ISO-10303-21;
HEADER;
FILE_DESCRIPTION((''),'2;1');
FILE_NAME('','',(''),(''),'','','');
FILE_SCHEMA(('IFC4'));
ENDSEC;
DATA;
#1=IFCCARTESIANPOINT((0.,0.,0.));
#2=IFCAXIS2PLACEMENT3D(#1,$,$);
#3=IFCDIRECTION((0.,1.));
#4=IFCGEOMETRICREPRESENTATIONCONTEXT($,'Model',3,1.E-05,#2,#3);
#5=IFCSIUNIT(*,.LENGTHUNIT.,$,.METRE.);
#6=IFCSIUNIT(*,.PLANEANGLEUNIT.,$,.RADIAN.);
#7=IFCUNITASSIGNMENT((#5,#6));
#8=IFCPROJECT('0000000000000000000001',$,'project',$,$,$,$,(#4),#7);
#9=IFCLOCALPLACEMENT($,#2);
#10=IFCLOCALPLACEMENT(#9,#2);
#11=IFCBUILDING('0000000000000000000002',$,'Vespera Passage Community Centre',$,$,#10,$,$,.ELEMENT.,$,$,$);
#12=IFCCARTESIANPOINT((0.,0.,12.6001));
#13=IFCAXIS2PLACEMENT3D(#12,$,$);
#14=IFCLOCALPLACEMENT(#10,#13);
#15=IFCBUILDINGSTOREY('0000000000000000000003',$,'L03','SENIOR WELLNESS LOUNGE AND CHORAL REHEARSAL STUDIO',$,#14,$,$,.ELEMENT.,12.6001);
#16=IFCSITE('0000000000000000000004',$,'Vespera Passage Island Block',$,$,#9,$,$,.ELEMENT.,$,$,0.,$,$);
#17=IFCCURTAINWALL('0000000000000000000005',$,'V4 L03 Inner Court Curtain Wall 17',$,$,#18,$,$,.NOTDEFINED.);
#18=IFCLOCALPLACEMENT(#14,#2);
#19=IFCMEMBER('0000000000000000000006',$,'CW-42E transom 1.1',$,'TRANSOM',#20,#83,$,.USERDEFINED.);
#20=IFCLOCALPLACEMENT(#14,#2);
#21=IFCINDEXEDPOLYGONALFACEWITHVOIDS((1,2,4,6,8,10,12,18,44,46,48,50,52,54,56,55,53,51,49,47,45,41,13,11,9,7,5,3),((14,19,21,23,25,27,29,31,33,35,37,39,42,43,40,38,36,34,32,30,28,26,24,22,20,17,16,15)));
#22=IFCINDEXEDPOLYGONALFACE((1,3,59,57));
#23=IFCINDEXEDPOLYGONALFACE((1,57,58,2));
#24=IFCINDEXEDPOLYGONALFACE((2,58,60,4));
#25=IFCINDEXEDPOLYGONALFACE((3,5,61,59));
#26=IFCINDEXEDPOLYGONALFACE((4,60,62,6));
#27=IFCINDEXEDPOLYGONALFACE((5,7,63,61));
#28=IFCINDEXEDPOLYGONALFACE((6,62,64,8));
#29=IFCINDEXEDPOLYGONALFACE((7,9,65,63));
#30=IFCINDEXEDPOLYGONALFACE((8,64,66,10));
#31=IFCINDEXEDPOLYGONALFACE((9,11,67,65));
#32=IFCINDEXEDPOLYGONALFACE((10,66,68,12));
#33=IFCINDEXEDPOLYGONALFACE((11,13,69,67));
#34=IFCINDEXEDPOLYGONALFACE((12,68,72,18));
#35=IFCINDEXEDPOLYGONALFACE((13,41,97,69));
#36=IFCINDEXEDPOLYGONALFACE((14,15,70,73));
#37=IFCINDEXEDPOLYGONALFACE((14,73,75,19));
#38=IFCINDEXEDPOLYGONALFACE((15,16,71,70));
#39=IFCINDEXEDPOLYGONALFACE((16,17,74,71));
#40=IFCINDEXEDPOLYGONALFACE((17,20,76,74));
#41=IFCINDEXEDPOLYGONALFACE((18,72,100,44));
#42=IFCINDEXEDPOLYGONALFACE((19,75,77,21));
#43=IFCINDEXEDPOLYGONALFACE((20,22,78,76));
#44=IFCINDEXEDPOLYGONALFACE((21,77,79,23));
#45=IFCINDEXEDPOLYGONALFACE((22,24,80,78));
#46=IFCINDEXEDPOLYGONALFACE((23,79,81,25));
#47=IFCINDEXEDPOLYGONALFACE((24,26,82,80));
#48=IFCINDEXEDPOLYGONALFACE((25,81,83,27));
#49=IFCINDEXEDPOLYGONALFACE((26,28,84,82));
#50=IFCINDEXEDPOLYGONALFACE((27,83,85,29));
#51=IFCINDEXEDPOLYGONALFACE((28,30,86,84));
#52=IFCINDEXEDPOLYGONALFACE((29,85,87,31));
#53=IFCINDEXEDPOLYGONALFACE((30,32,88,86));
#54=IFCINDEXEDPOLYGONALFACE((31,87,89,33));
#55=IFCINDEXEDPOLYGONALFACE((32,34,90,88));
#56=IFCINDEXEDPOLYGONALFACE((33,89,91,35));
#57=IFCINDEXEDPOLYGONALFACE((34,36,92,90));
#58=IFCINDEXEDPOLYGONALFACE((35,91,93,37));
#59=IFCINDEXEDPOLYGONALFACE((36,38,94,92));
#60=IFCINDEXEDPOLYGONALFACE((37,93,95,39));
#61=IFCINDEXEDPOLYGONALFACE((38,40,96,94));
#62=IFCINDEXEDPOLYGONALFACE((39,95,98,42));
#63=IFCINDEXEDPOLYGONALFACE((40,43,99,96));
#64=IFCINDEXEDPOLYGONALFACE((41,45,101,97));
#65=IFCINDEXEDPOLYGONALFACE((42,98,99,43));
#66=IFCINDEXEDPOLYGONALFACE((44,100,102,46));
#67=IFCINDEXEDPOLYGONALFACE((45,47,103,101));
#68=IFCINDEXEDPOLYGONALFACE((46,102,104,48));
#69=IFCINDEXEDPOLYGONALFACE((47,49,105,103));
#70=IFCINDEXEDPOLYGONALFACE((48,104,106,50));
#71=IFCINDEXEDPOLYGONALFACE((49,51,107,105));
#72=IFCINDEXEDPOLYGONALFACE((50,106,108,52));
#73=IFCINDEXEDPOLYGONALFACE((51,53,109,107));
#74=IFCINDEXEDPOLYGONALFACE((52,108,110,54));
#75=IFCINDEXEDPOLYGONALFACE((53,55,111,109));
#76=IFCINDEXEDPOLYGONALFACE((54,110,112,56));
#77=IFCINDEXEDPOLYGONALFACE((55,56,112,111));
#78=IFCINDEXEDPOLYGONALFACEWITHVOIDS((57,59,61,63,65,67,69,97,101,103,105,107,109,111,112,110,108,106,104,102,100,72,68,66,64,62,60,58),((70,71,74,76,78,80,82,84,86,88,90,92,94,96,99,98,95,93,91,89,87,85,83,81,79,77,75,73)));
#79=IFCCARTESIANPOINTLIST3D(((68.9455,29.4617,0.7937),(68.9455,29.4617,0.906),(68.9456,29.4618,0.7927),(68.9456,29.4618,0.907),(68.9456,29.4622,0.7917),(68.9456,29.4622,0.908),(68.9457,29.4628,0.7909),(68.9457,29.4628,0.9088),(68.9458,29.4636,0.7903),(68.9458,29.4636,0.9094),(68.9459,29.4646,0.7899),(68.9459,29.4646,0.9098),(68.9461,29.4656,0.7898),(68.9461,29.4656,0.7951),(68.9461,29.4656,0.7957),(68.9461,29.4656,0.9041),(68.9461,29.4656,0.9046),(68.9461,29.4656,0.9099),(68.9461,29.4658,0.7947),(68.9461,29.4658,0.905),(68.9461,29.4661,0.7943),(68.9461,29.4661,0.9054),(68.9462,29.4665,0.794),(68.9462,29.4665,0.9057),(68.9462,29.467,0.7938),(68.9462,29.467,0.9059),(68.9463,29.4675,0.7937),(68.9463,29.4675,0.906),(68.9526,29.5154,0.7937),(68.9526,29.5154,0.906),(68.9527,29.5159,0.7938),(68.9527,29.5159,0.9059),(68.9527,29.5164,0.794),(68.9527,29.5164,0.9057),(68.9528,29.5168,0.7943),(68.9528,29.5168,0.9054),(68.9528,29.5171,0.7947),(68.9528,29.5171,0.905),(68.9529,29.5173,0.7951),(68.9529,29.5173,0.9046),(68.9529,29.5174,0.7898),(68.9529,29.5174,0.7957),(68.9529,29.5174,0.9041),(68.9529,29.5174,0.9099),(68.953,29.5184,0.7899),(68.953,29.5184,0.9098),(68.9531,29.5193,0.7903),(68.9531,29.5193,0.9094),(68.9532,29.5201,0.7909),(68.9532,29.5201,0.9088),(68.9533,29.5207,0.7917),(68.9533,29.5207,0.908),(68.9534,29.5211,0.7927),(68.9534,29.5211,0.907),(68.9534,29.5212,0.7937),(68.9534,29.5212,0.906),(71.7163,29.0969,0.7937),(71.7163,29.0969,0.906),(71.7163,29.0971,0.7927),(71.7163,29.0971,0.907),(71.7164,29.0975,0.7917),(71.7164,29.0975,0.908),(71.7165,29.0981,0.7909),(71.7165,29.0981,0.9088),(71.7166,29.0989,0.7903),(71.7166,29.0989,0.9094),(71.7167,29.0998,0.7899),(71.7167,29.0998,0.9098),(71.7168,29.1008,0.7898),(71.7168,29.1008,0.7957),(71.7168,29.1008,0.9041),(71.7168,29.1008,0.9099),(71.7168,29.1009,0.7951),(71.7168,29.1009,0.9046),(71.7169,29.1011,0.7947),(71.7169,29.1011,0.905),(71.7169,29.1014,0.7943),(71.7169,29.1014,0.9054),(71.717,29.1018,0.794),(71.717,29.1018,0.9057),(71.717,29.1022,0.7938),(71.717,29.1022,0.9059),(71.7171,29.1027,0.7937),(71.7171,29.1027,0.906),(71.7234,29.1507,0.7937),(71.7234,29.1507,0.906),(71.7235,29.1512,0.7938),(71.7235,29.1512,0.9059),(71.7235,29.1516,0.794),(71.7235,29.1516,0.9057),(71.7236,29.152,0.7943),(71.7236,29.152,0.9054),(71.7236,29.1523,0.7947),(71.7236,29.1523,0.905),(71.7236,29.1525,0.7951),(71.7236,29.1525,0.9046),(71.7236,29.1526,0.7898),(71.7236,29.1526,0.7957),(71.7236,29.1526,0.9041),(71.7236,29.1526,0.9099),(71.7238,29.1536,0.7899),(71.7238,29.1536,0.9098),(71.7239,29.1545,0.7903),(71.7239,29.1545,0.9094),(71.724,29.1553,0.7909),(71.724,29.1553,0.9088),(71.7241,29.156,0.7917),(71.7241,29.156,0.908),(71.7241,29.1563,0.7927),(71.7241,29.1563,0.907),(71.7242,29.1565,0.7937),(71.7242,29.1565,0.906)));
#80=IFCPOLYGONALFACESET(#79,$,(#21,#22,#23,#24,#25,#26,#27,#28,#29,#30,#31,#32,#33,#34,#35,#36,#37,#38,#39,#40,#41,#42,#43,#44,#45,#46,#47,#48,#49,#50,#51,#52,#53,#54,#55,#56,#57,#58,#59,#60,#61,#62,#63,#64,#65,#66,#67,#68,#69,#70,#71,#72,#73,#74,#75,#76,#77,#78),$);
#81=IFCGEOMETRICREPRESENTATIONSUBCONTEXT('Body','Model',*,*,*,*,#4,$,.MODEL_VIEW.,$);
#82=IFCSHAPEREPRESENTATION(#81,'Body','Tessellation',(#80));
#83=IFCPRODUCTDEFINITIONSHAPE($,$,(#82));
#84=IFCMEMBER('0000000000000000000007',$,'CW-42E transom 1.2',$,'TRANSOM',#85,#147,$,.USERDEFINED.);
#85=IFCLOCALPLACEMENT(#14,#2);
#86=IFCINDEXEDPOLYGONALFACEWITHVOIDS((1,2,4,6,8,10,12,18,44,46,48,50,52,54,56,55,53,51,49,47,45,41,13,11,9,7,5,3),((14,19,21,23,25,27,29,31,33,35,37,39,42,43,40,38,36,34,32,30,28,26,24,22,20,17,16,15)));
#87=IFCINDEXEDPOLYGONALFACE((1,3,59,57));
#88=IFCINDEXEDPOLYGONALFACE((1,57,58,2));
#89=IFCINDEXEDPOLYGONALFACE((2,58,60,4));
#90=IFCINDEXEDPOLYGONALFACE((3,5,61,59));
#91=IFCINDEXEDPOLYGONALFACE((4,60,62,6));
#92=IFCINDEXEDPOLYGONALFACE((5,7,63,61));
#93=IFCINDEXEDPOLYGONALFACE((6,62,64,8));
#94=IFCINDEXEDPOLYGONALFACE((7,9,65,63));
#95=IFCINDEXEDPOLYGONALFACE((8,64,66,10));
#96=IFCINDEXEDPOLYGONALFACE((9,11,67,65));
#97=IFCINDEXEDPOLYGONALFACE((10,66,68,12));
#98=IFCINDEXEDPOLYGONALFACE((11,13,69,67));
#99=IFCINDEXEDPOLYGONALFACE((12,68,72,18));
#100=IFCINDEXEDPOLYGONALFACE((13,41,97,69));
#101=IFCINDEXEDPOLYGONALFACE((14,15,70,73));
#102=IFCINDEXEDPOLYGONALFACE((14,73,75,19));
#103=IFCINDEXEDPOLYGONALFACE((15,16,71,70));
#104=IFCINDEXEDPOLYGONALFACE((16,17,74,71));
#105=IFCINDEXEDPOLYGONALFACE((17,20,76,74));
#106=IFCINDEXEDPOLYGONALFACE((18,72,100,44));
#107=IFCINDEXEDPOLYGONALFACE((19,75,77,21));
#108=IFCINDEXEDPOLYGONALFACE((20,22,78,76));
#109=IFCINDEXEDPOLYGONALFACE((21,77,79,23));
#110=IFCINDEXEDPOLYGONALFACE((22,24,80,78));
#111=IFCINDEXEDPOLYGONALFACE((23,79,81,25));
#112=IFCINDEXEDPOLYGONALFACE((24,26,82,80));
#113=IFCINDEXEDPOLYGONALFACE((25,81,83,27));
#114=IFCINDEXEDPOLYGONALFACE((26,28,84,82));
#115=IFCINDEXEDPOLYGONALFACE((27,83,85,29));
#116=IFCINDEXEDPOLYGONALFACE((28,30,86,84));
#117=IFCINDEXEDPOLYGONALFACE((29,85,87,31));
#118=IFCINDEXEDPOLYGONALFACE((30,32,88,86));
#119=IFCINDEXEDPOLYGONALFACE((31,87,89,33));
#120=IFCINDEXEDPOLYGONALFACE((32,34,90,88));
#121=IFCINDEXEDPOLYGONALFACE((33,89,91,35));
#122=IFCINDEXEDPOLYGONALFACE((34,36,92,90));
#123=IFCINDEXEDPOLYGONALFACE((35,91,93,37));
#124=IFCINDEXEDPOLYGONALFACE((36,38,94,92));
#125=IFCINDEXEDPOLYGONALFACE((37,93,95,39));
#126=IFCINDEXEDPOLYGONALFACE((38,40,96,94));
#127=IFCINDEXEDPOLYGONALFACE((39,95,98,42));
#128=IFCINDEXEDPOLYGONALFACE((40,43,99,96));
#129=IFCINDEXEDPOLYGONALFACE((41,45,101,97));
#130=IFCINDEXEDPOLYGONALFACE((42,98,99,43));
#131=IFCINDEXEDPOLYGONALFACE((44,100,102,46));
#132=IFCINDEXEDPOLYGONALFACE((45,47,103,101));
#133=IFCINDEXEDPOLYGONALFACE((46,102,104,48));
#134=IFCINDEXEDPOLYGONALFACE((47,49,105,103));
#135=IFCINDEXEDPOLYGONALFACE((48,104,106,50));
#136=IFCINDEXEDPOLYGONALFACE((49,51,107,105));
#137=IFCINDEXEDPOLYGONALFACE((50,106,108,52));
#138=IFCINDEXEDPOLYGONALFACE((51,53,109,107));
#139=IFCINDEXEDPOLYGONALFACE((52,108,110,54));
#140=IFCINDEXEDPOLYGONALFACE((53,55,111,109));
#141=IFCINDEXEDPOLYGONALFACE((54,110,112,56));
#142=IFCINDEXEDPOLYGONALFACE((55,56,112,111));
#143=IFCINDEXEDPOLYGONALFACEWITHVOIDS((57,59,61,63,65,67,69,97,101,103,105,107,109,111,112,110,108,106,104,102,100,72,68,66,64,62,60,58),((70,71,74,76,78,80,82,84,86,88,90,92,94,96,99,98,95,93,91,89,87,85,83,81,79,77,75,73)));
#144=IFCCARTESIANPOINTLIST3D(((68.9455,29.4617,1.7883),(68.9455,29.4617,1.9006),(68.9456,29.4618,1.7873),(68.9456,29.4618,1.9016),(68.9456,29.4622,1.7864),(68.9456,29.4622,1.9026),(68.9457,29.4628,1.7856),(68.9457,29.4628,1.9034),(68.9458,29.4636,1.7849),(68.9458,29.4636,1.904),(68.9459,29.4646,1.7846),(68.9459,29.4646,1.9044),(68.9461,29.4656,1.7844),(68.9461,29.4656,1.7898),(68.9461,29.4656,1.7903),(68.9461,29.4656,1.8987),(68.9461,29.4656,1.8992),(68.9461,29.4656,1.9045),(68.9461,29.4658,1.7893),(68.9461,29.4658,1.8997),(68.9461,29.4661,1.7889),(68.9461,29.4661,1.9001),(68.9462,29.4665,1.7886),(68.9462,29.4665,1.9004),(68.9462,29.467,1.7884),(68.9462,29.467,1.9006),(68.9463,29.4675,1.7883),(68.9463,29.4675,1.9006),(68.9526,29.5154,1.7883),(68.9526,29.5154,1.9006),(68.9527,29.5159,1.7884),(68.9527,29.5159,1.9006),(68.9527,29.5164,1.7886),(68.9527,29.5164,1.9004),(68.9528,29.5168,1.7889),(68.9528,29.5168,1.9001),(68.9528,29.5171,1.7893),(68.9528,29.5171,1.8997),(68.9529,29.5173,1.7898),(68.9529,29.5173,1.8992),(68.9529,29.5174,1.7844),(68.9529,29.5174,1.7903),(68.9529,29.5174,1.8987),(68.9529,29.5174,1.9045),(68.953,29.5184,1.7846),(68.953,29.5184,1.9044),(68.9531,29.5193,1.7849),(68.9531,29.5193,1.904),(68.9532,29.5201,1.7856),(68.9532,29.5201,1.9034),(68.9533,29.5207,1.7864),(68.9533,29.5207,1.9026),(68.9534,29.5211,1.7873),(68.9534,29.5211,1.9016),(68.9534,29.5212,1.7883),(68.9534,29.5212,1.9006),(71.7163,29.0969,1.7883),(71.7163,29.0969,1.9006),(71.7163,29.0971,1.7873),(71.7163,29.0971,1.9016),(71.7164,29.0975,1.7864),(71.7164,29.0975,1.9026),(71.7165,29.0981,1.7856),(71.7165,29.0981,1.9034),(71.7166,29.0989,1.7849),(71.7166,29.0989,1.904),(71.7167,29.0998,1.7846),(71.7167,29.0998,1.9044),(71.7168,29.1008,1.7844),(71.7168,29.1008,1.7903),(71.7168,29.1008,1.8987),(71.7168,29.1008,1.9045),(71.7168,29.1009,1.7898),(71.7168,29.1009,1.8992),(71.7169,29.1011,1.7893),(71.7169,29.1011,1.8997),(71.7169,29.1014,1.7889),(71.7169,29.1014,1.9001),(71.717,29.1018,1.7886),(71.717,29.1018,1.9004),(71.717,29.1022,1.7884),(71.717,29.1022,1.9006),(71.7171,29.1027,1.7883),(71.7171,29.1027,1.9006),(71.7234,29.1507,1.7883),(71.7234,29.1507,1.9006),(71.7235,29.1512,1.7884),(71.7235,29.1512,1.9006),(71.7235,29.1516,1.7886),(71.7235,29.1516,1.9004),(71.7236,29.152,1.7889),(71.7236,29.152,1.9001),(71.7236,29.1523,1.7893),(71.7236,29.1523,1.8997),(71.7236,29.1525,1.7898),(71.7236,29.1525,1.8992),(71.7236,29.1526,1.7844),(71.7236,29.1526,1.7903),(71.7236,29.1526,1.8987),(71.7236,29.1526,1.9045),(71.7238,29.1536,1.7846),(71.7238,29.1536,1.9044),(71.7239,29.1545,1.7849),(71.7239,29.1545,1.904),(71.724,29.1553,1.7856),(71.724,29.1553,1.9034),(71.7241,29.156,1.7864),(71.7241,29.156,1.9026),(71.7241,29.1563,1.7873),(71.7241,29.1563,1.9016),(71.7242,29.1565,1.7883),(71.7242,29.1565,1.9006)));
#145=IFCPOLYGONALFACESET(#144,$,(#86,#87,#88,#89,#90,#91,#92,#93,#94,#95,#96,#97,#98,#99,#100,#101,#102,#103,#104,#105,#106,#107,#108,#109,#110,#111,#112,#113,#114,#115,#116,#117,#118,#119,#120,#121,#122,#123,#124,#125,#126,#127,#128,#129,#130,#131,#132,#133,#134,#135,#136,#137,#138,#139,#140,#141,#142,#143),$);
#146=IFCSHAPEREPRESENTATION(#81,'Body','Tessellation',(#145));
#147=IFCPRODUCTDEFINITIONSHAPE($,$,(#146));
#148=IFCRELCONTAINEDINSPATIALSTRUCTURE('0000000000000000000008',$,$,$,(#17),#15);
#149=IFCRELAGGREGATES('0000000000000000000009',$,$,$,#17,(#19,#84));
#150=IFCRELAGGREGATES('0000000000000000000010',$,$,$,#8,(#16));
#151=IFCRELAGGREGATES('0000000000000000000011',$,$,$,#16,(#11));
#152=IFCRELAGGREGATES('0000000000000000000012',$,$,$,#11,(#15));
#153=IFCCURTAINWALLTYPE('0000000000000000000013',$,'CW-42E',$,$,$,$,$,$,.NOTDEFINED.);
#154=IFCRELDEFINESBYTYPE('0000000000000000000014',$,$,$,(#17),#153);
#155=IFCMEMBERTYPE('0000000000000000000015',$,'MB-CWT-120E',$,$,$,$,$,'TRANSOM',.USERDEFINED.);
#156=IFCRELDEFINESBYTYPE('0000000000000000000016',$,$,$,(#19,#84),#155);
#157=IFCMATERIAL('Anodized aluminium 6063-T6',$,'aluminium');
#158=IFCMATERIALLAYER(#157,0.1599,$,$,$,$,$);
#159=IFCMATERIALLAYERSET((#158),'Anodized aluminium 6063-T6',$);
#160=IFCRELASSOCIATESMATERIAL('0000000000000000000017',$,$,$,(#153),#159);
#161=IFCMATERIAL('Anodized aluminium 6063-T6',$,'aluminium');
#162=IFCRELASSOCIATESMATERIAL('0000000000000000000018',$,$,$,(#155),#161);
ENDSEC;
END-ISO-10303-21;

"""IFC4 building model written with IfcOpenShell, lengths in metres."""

from ifc_helpers import new_model, si_unit, direction, frame, origin, origin_2d, place, context, subcontext, project, spatial, hollow_rectangle, extrude, material, layer, layer_set, material_profile, profile_set, type_object, element, aggregate, save


model = new_model("IFC4")

# Units and contexts
model_context = context("Model", 3, precision=1e-05, world=origin(), true_north=direction((0.0, 1.0)))
body_context = subcontext(model_context, "Body", "Model", "MODEL_VIEW")
ifc_project = project(units=[si_unit("LENGTHUNIT", "METRE"), si_unit("PLANEANGLEUNIT", "RADIAN")], contexts=[model_context])

# Site, building, storey
site_placement = place(None, origin())
site = spatial("IfcSite", under=ifc_project, at=site_placement, Name="Vespera Passage Island Block", CompositionType="ELEMENT", RefElevation=0.0)
building_placement = place(site_placement, origin())
building = spatial("IfcBuilding", under=site, at=building_placement, Name="Vespera Passage Community Centre", CompositionType="ELEMENT")
storey_placement = place(building_placement, frame((0.0, 0.0, 12.6001)))
storey = spatial("IfcBuildingStorey", under=building, at=storey_placement, Name="L03", Description="SENIOR WELLNESS LOUNGE AND CHORAL REHEARSAL STUDIO", CompositionType="ELEMENT", Elevation=12.6001)

# Curtain wall
ifc_material_1 = material(Name="Anodized aluminium 6063-T6", Category="aluminium")
ifc_layer_1 = layer(ifc_material_1, 0.1599)
ifc_layer_set_1 = layer_set([ifc_layer_1], Name="Anodized aluminium 6063-T6")
curtain_wall_type_1 = type_object("IfcCurtainWallType", Name="CW-42E", PredefinedType="NOTDEFINED", material=ifc_layer_set_1)
curtain_wall_1_placement = place(storey_placement, origin())
curtain_wall_1 = element("IfcCurtainWall", 1, at=curtain_wall_1_placement, inside=storey, type_object=curtain_wall_type_1, Name="V4 L03 Inner Court Curtain Wall 17", PredefinedType="NOTDEFINED")

# Members
ifc_material_2 = material(Name="Anodized aluminium 6063-T6", Category="aluminium")
ifc_material_profile_1 = material_profile(ifc_material_2, hollow_rectangle(XDim=0.0601, YDim=0.1201, WallThickness=0.0039, InnerFilletRadius=0.002, OuterFilletRadius=0.0039, at=origin_2d()), Name="ALU120X60X4")
ifc_profile_set_1 = profile_set([ifc_material_profile_1], Name="Anodized aluminium 6063-T6")
member_type_1 = type_object("IfcMemberType", Name="MB-CWT-120E", ElementType="TRANSOM", PredefinedType="USERDEFINED", material=ifc_profile_set_1)
member_1_placement = place(storey_placement, frame((68.9495, 29.4915, 0.8499), z_axis=(0.991446, -0.130516, 0.0), x_axis=(0.130516, 0.991446, 0.0)))
member_1 = element("IfcMember", 2, at=member_1_placement, type_object=member_type_1, Name="CW-42E transom 1.1", ObjectType="TRANSOM", PredefinedType="USERDEFINED", context=body_context, shape_type="SweptSolid", body=[
    extrude(hollow_rectangle(XDim=0.0601, YDim=0.1201, WallThickness=0.0039, InnerFilletRadius=0.002, OuterFilletRadius=0.0039, at=origin_2d()), origin(), (0.0, 0.0, 1.0), 2.7947),
])
member_2_placement = place(storey_placement, frame((68.9495, 29.4915, 1.8445), z_axis=(0.991446, -0.130516, 0.0), x_axis=(0.130516, 0.991446, 0.0)))
member_2 = element("IfcMember", 3, at=member_2_placement, type_object=member_type_1, Name="CW-42E transom 1.2", ObjectType="TRANSOM", PredefinedType="USERDEFINED", context=body_context, shape_type="SweptSolid", body=[
    extrude(hollow_rectangle(XDim=0.0601, YDim=0.1201, WallThickness=0.0039, InnerFilletRadius=0.002, OuterFilletRadius=0.0039, at=origin_2d()), origin(), (0.0, 0.0, 1.0), 2.7947),
])

aggregate(curtain_wall_1, [member_1, member_2])

save(model, "model.ifc")
